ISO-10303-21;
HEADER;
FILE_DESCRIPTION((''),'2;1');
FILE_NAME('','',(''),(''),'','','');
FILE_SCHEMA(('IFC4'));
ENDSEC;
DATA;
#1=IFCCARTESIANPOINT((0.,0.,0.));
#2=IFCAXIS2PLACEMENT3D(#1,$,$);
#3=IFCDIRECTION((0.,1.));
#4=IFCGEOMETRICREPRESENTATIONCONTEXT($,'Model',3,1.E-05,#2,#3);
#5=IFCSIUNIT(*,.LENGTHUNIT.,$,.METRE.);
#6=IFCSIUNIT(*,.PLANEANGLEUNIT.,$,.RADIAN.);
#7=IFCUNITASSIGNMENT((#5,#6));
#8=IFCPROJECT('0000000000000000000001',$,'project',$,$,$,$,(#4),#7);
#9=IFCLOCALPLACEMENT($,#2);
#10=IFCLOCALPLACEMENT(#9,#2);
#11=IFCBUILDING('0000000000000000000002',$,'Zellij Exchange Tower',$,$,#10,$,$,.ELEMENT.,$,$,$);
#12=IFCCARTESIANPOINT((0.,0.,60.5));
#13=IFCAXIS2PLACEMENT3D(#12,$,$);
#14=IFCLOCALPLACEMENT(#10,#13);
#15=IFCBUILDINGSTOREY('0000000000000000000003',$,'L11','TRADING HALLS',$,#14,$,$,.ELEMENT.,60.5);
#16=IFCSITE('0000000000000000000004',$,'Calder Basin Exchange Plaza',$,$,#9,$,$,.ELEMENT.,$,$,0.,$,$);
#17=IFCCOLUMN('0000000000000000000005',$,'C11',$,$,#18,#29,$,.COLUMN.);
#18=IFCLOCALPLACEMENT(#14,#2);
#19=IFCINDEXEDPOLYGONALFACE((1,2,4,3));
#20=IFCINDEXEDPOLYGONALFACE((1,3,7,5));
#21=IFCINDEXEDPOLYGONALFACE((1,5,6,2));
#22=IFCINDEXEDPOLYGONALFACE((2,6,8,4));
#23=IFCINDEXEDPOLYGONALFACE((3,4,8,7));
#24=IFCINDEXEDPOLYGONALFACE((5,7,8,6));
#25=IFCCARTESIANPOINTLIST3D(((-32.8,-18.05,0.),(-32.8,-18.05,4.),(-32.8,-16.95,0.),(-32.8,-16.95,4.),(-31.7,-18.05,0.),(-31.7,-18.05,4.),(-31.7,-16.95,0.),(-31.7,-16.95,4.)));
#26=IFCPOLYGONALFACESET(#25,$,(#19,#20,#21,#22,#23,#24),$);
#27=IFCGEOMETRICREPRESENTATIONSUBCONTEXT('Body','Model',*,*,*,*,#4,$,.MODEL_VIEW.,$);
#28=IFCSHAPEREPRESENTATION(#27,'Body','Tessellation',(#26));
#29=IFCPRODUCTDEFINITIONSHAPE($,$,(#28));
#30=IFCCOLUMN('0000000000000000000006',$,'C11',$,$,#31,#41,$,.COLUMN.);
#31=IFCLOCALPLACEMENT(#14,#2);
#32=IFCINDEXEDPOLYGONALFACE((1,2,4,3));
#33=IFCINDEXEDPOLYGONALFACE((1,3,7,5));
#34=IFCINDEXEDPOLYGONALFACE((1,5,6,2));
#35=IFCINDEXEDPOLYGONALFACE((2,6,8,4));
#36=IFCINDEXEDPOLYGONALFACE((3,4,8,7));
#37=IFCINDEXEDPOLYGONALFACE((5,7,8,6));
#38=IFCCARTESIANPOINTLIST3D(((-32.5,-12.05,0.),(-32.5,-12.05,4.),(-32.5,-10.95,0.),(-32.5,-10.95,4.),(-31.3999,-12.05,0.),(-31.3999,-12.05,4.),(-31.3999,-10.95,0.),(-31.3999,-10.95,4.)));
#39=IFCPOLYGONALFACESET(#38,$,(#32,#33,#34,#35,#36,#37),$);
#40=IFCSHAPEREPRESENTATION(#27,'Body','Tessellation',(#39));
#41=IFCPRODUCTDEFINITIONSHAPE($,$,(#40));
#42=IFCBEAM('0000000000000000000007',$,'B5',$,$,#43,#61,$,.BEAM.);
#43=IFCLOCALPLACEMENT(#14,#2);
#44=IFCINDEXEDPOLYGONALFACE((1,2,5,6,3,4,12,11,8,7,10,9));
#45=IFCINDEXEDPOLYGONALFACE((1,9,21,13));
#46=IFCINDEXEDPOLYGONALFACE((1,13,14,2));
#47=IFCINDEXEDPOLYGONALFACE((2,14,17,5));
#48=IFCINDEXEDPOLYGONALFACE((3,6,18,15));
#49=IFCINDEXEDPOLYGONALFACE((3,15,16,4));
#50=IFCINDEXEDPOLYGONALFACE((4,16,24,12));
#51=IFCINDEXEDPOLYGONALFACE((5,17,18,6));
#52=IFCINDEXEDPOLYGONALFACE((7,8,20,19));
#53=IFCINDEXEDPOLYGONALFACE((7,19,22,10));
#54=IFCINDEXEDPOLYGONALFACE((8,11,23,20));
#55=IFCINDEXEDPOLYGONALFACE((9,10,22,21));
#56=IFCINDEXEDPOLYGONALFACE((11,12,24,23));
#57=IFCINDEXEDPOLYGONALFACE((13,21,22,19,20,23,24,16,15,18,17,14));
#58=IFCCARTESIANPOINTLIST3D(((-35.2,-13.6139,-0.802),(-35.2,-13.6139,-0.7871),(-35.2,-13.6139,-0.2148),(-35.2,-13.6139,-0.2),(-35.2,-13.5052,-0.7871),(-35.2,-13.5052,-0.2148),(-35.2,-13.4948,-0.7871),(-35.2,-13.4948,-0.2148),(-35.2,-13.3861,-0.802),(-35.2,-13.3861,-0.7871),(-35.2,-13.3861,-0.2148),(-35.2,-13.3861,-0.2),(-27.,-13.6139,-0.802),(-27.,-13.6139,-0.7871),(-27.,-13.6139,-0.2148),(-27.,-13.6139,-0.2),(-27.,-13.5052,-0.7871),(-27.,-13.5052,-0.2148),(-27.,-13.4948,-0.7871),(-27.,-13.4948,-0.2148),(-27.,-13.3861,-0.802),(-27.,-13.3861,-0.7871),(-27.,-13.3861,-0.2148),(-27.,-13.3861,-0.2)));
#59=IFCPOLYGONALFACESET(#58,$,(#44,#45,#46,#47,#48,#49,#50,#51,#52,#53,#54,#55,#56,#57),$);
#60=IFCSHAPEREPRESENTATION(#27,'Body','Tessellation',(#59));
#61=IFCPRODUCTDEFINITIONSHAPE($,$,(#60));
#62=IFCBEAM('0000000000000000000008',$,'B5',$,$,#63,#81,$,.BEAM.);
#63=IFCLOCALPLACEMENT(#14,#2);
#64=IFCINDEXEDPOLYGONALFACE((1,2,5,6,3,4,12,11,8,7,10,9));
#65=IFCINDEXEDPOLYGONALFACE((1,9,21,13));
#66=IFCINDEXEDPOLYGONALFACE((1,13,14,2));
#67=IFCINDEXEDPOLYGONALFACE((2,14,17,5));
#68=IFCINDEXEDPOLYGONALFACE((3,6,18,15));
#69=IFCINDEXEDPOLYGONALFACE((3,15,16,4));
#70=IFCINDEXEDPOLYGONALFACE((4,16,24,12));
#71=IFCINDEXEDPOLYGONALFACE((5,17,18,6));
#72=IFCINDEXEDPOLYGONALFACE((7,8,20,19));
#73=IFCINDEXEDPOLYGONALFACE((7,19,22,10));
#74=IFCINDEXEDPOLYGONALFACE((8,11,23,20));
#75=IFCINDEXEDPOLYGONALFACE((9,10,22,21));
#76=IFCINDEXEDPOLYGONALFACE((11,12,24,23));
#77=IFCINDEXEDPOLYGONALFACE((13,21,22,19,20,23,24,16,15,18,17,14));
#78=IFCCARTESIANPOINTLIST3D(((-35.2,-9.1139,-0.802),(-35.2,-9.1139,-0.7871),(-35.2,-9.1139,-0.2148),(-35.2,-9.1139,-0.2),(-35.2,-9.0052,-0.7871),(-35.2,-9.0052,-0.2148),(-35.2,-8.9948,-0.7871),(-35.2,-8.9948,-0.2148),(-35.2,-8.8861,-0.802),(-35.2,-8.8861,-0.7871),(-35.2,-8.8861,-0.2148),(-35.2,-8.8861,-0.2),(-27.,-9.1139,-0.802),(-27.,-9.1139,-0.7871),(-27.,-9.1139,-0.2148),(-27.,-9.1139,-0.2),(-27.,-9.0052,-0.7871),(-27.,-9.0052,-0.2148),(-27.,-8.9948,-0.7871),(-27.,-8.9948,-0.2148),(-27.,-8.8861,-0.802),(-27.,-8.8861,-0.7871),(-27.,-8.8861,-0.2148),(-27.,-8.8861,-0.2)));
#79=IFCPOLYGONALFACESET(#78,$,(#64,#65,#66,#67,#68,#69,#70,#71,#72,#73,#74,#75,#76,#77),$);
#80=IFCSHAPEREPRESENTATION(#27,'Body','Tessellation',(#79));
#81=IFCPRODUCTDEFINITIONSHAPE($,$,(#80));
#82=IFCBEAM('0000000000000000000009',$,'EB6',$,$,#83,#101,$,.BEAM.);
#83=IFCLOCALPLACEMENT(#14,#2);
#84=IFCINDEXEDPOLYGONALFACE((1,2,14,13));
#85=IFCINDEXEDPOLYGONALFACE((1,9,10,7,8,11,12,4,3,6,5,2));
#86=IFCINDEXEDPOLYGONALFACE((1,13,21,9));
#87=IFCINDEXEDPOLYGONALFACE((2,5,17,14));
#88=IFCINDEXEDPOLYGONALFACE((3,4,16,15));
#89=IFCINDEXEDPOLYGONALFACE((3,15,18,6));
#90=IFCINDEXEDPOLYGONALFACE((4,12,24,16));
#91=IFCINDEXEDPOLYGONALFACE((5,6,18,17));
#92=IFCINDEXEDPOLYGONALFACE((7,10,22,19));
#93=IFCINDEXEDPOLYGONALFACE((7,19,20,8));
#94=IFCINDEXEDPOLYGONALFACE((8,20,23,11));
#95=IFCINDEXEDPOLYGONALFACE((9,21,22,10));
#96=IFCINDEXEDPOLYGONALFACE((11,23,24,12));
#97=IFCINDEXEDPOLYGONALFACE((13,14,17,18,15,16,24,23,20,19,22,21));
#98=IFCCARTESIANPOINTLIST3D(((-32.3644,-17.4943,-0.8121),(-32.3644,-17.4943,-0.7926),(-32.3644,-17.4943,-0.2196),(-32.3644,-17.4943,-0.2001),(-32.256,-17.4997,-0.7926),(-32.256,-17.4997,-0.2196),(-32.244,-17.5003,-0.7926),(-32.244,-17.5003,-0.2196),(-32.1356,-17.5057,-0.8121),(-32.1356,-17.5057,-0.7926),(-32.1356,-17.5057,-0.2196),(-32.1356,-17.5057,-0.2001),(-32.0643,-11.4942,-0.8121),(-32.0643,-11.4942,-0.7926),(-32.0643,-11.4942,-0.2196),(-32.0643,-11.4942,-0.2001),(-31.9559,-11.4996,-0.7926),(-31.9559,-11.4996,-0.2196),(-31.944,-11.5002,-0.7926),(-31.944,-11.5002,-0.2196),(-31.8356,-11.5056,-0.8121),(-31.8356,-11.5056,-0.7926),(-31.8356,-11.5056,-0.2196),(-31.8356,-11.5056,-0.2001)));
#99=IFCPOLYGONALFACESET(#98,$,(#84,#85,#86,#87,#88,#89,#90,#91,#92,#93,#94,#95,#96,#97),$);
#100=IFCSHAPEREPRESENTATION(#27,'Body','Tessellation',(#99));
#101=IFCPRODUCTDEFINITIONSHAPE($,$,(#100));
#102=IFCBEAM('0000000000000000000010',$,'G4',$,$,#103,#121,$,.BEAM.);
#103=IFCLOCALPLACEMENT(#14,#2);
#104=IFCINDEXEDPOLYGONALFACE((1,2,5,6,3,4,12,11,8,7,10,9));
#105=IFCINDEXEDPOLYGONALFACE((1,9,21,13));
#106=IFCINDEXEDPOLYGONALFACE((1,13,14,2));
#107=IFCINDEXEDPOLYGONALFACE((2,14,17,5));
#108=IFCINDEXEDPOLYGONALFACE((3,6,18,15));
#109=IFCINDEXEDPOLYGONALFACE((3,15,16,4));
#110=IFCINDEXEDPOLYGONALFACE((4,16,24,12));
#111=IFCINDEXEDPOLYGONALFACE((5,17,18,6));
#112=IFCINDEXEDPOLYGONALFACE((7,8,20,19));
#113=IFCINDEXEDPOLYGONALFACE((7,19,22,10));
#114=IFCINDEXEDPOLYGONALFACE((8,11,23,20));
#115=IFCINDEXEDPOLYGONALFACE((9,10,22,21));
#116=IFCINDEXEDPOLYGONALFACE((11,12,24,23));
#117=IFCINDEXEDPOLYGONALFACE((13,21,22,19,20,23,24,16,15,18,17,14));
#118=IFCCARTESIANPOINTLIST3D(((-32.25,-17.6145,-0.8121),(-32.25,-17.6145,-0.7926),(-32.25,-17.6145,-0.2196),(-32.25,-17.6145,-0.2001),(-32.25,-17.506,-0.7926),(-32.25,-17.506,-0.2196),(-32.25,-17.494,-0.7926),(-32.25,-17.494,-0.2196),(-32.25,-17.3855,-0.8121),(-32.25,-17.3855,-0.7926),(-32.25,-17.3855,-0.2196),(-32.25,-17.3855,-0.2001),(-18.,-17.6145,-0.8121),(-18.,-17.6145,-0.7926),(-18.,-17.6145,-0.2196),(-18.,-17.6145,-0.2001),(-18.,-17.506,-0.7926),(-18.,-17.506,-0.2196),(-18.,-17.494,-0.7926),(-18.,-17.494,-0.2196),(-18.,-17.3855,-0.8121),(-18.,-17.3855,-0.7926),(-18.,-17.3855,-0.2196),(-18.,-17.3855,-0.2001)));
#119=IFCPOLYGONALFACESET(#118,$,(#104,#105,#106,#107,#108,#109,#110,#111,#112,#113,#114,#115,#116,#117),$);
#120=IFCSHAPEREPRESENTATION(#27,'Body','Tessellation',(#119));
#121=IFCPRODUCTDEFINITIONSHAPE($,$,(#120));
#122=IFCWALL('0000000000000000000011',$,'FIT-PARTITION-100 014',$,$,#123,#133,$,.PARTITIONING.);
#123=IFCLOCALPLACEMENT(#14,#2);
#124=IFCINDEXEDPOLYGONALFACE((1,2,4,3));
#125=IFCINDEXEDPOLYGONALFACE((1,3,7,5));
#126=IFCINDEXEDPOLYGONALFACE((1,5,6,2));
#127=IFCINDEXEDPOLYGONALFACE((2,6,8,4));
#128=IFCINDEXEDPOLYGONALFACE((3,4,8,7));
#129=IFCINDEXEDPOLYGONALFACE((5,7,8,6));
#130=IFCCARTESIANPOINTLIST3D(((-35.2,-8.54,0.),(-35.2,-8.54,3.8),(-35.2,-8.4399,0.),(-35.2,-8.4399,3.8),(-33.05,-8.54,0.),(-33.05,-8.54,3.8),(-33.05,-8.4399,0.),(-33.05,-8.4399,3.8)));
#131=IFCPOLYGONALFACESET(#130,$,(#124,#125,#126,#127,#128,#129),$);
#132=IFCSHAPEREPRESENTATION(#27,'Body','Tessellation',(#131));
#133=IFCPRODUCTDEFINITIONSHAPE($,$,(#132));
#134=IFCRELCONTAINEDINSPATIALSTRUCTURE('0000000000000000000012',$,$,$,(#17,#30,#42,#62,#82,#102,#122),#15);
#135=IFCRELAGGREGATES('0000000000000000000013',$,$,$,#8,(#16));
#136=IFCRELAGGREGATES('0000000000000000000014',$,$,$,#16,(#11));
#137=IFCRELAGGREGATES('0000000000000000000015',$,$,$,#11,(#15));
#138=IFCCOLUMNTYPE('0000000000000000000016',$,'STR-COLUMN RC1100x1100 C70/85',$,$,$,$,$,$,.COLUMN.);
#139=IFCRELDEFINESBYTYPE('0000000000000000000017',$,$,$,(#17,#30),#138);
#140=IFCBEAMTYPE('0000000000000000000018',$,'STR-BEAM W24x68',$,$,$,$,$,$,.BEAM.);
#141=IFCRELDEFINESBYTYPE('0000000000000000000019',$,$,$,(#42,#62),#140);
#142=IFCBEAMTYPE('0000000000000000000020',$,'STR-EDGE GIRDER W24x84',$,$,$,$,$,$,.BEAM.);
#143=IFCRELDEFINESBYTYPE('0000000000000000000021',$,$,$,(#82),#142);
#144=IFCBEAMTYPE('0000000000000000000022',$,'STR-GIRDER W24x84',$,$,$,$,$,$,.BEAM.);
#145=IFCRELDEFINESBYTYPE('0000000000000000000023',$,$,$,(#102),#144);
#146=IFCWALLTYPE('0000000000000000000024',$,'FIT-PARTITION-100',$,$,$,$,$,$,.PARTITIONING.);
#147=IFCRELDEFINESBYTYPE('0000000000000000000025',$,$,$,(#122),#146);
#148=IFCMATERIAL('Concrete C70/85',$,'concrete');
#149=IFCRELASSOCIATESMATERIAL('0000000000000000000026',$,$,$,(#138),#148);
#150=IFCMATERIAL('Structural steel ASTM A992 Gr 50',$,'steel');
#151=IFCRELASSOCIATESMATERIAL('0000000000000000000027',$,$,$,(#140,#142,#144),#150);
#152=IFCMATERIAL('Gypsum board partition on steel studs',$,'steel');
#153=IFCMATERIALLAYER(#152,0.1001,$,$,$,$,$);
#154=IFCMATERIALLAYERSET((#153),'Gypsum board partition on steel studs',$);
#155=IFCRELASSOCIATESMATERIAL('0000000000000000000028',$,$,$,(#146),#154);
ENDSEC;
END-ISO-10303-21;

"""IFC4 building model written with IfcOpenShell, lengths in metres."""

from ifc_helpers import new_model, si_unit, direction, frame, frame_2d, origin, origin_2d, place, context, subcontext, project, spatial, rectangle, i_section, extrude, material, layer, layer_set, material_profile, profile_set, type_object, element, save


model = new_model("IFC4")

# Units and contexts
model_context = context("Model", 3, precision=1e-05, world=origin(), true_north=direction((0.0, 1.0)))
body_context = subcontext(model_context, "Body", "Model", "MODEL_VIEW")
ifc_project = project(units=[si_unit("LENGTHUNIT", "METRE"), si_unit("PLANEANGLEUNIT", "RADIAN")], contexts=[model_context])

# Site, building, storey
site_placement = place(None, origin())
site = spatial("IfcSite", under=ifc_project, at=site_placement, Name="Calder Basin Exchange Plaza", CompositionType="ELEMENT", RefElevation=0.0)
building_placement = place(site_placement, origin())
building = spatial("IfcBuilding", under=site, at=building_placement, Name="Zellij Exchange Tower", CompositionType="ELEMENT")
storey_placement = place(building_placement, frame((0.0, 0.0, 60.5)))
storey = spatial("IfcBuildingStorey", under=building, at=storey_placement, Name="L11", Description="TRADING HALLS", CompositionType="ELEMENT", Elevation=60.5)

# Columns
ifc_material_1 = material(Name="Concrete C70/85", Category="concrete")
ifc_material_profile_1 = material_profile(ifc_material_1, rectangle(XDim=1.1001, YDim=1.1001, at=origin_2d()), Name="STR-COLUMN RC1100x1100 C70/85")
ifc_profile_set_1 = profile_set([ifc_material_profile_1], Name="Concrete C70/85")
column_type = type_object("IfcColumnType", Name="STR-COLUMN RC1100x1100 C70/85", PredefinedType="COLUMN", material=ifc_profile_set_1)
for number, where, z_axis, x_axis, name in (
    (1, (-32.25, -17.5, 0.0), (0.0, 0.0, 1.0), (1.0, 0.0, 0.0), "C11"),
    (2, (-31.95, -11.5, 0.0), (0.0, 0.0, 1.0), (1.0, 0.0, 0.0), "C11"),
):
    element("IfcColumn", number, at=place(storey_placement, frame(where, z_axis=z_axis, x_axis=x_axis)), inside=storey, type_object=column_type, Name=name, PredefinedType="COLUMN", context=body_context, shape_type="SweptSolid", body=[
        extrude(rectangle(XDim=1.1001, YDim=1.1001, at=origin_2d()), origin(), (0.0, 0.0, 1.0), 4.0),
    ])

# Beams
ifc_material_2 = material(Name="Structural steel ASTM A992 Gr 50", Category="steel")
ifc_material_profile_2 = material_profile(ifc_material_2, i_section(OverallWidth=0.2278, OverallDepth=0.6021, WebThickness=0.0105, FlangeThickness=0.0149, at=origin_2d()), Name="W24x68")
ifc_profile_set_2 = profile_set([ifc_material_profile_2], Name="Structural steel ASTM A992 Gr 50")
beam_type_1 = type_object("IfcBeamType", Name="STR-BEAM W24x68", PredefinedType="BEAM", material=ifc_profile_set_2)
for number, where, z_axis, x_axis, name in (
    (3, (-35.2, -13.5, -0.501), (1.0, 0.0, 0.0), (0.0, 1.0, 0.0), "B5"),
    (4, (-35.2, -9.0, -0.501), (1.0, 0.0, 0.0), (0.0, 1.0, 0.0), "B5"),
):
    element("IfcBeam", number, at=place(storey_placement, frame(where, z_axis=z_axis, x_axis=x_axis)), inside=storey, type_object=beam_type_1, Name=name, PredefinedType="BEAM", context=body_context, shape_type="SweptSolid", body=[
        extrude(i_section(OverallWidth=0.2278, OverallDepth=0.6021, WebThickness=0.0105, FlangeThickness=0.0149, at=origin_2d()), origin(), (0.0, 0.0, 1.0), 8.2),
    ])
ifc_material_profile_3 = material_profile(ifc_material_2, i_section(OverallWidth=0.229, OverallDepth=0.6121, WebThickness=0.012, FlangeThickness=0.0195, at=origin_2d()), Name="W24x84")
ifc_profile_set_3 = profile_set([ifc_material_profile_3], Name="Structural steel ASTM A992 Gr 50")
beam_type_2 = type_object("IfcBeamType", Name="STR-EDGE GIRDER W24x84", PredefinedType="BEAM", material=ifc_profile_set_3)
beam_1_placement = place(storey_placement, frame((-32.25, -17.5, -0.5061), z_axis=(0.049946, 0.998752, 0.0), x_axis=(-0.998752, 0.049946, 0.0)))
element("IfcBeam", 5, at=beam_1_placement, inside=storey, type_object=beam_type_2, Name="EB6", PredefinedType="BEAM", context=body_context, shape_type="SweptSolid", body=[
    extrude(i_section(OverallWidth=0.229, OverallDepth=0.6121, WebThickness=0.012, FlangeThickness=0.0195, at=origin_2d()), origin(), (0.0, 0.0, 1.0), 6.0076),
])
ifc_material_profile_4 = material_profile(ifc_material_2, i_section(OverallWidth=0.229, OverallDepth=0.6121, WebThickness=0.012, FlangeThickness=0.0195, at=origin_2d()), Name="W24x84")
ifc_profile_set_4 = profile_set([ifc_material_profile_4], Name="Structural steel ASTM A992 Gr 50")
beam_type_3 = type_object("IfcBeamType", Name="STR-GIRDER W24x84", PredefinedType="BEAM", material=ifc_profile_set_4)
beam_2_placement = place(storey_placement, frame((-32.25, -17.5, -0.5061), z_axis=(1.0, 0.0, 0.0), x_axis=(0.0, 1.0, 0.0)))
element("IfcBeam", 6, at=beam_2_placement, inside=storey, type_object=beam_type_3, Name="G4", PredefinedType="BEAM", context=body_context, shape_type="SweptSolid", body=[
    extrude(i_section(OverallWidth=0.229, OverallDepth=0.6121, WebThickness=0.012, FlangeThickness=0.0195, at=origin_2d()), origin(), (0.0, 0.0, 1.0), 14.25),
])

# Wall
ifc_material_3 = material(Name="Gypsum board partition on steel studs", Category="steel")
ifc_layer_1 = layer(ifc_material_3, 0.1001)
ifc_layer_set_1 = layer_set([ifc_layer_1], Name="Gypsum board partition on steel studs")
wall_type = type_object("IfcWallType", Name="FIT-PARTITION-100", PredefinedType="PARTITIONING", material=ifc_layer_set_1)
wall_placement = place(storey_placement, frame((-35.2, -8.49, 0.0), z_axis=(0.0, 0.0, 1.0), x_axis=(1.0, 0.0, 0.0)))
element("IfcWall", 7, at=wall_placement, inside=storey, type_object=wall_type, Name="FIT-PARTITION-100 014", PredefinedType="PARTITIONING", context=body_context, shape_type="SweptSolid", body=[
    extrude(rectangle(XDim=2.1499, YDim=0.1001, at=frame_2d((1.075, 0.0))), origin(), (0.0, 0.0, 1.0), 3.8),
])

save(model, "model.ifc")
